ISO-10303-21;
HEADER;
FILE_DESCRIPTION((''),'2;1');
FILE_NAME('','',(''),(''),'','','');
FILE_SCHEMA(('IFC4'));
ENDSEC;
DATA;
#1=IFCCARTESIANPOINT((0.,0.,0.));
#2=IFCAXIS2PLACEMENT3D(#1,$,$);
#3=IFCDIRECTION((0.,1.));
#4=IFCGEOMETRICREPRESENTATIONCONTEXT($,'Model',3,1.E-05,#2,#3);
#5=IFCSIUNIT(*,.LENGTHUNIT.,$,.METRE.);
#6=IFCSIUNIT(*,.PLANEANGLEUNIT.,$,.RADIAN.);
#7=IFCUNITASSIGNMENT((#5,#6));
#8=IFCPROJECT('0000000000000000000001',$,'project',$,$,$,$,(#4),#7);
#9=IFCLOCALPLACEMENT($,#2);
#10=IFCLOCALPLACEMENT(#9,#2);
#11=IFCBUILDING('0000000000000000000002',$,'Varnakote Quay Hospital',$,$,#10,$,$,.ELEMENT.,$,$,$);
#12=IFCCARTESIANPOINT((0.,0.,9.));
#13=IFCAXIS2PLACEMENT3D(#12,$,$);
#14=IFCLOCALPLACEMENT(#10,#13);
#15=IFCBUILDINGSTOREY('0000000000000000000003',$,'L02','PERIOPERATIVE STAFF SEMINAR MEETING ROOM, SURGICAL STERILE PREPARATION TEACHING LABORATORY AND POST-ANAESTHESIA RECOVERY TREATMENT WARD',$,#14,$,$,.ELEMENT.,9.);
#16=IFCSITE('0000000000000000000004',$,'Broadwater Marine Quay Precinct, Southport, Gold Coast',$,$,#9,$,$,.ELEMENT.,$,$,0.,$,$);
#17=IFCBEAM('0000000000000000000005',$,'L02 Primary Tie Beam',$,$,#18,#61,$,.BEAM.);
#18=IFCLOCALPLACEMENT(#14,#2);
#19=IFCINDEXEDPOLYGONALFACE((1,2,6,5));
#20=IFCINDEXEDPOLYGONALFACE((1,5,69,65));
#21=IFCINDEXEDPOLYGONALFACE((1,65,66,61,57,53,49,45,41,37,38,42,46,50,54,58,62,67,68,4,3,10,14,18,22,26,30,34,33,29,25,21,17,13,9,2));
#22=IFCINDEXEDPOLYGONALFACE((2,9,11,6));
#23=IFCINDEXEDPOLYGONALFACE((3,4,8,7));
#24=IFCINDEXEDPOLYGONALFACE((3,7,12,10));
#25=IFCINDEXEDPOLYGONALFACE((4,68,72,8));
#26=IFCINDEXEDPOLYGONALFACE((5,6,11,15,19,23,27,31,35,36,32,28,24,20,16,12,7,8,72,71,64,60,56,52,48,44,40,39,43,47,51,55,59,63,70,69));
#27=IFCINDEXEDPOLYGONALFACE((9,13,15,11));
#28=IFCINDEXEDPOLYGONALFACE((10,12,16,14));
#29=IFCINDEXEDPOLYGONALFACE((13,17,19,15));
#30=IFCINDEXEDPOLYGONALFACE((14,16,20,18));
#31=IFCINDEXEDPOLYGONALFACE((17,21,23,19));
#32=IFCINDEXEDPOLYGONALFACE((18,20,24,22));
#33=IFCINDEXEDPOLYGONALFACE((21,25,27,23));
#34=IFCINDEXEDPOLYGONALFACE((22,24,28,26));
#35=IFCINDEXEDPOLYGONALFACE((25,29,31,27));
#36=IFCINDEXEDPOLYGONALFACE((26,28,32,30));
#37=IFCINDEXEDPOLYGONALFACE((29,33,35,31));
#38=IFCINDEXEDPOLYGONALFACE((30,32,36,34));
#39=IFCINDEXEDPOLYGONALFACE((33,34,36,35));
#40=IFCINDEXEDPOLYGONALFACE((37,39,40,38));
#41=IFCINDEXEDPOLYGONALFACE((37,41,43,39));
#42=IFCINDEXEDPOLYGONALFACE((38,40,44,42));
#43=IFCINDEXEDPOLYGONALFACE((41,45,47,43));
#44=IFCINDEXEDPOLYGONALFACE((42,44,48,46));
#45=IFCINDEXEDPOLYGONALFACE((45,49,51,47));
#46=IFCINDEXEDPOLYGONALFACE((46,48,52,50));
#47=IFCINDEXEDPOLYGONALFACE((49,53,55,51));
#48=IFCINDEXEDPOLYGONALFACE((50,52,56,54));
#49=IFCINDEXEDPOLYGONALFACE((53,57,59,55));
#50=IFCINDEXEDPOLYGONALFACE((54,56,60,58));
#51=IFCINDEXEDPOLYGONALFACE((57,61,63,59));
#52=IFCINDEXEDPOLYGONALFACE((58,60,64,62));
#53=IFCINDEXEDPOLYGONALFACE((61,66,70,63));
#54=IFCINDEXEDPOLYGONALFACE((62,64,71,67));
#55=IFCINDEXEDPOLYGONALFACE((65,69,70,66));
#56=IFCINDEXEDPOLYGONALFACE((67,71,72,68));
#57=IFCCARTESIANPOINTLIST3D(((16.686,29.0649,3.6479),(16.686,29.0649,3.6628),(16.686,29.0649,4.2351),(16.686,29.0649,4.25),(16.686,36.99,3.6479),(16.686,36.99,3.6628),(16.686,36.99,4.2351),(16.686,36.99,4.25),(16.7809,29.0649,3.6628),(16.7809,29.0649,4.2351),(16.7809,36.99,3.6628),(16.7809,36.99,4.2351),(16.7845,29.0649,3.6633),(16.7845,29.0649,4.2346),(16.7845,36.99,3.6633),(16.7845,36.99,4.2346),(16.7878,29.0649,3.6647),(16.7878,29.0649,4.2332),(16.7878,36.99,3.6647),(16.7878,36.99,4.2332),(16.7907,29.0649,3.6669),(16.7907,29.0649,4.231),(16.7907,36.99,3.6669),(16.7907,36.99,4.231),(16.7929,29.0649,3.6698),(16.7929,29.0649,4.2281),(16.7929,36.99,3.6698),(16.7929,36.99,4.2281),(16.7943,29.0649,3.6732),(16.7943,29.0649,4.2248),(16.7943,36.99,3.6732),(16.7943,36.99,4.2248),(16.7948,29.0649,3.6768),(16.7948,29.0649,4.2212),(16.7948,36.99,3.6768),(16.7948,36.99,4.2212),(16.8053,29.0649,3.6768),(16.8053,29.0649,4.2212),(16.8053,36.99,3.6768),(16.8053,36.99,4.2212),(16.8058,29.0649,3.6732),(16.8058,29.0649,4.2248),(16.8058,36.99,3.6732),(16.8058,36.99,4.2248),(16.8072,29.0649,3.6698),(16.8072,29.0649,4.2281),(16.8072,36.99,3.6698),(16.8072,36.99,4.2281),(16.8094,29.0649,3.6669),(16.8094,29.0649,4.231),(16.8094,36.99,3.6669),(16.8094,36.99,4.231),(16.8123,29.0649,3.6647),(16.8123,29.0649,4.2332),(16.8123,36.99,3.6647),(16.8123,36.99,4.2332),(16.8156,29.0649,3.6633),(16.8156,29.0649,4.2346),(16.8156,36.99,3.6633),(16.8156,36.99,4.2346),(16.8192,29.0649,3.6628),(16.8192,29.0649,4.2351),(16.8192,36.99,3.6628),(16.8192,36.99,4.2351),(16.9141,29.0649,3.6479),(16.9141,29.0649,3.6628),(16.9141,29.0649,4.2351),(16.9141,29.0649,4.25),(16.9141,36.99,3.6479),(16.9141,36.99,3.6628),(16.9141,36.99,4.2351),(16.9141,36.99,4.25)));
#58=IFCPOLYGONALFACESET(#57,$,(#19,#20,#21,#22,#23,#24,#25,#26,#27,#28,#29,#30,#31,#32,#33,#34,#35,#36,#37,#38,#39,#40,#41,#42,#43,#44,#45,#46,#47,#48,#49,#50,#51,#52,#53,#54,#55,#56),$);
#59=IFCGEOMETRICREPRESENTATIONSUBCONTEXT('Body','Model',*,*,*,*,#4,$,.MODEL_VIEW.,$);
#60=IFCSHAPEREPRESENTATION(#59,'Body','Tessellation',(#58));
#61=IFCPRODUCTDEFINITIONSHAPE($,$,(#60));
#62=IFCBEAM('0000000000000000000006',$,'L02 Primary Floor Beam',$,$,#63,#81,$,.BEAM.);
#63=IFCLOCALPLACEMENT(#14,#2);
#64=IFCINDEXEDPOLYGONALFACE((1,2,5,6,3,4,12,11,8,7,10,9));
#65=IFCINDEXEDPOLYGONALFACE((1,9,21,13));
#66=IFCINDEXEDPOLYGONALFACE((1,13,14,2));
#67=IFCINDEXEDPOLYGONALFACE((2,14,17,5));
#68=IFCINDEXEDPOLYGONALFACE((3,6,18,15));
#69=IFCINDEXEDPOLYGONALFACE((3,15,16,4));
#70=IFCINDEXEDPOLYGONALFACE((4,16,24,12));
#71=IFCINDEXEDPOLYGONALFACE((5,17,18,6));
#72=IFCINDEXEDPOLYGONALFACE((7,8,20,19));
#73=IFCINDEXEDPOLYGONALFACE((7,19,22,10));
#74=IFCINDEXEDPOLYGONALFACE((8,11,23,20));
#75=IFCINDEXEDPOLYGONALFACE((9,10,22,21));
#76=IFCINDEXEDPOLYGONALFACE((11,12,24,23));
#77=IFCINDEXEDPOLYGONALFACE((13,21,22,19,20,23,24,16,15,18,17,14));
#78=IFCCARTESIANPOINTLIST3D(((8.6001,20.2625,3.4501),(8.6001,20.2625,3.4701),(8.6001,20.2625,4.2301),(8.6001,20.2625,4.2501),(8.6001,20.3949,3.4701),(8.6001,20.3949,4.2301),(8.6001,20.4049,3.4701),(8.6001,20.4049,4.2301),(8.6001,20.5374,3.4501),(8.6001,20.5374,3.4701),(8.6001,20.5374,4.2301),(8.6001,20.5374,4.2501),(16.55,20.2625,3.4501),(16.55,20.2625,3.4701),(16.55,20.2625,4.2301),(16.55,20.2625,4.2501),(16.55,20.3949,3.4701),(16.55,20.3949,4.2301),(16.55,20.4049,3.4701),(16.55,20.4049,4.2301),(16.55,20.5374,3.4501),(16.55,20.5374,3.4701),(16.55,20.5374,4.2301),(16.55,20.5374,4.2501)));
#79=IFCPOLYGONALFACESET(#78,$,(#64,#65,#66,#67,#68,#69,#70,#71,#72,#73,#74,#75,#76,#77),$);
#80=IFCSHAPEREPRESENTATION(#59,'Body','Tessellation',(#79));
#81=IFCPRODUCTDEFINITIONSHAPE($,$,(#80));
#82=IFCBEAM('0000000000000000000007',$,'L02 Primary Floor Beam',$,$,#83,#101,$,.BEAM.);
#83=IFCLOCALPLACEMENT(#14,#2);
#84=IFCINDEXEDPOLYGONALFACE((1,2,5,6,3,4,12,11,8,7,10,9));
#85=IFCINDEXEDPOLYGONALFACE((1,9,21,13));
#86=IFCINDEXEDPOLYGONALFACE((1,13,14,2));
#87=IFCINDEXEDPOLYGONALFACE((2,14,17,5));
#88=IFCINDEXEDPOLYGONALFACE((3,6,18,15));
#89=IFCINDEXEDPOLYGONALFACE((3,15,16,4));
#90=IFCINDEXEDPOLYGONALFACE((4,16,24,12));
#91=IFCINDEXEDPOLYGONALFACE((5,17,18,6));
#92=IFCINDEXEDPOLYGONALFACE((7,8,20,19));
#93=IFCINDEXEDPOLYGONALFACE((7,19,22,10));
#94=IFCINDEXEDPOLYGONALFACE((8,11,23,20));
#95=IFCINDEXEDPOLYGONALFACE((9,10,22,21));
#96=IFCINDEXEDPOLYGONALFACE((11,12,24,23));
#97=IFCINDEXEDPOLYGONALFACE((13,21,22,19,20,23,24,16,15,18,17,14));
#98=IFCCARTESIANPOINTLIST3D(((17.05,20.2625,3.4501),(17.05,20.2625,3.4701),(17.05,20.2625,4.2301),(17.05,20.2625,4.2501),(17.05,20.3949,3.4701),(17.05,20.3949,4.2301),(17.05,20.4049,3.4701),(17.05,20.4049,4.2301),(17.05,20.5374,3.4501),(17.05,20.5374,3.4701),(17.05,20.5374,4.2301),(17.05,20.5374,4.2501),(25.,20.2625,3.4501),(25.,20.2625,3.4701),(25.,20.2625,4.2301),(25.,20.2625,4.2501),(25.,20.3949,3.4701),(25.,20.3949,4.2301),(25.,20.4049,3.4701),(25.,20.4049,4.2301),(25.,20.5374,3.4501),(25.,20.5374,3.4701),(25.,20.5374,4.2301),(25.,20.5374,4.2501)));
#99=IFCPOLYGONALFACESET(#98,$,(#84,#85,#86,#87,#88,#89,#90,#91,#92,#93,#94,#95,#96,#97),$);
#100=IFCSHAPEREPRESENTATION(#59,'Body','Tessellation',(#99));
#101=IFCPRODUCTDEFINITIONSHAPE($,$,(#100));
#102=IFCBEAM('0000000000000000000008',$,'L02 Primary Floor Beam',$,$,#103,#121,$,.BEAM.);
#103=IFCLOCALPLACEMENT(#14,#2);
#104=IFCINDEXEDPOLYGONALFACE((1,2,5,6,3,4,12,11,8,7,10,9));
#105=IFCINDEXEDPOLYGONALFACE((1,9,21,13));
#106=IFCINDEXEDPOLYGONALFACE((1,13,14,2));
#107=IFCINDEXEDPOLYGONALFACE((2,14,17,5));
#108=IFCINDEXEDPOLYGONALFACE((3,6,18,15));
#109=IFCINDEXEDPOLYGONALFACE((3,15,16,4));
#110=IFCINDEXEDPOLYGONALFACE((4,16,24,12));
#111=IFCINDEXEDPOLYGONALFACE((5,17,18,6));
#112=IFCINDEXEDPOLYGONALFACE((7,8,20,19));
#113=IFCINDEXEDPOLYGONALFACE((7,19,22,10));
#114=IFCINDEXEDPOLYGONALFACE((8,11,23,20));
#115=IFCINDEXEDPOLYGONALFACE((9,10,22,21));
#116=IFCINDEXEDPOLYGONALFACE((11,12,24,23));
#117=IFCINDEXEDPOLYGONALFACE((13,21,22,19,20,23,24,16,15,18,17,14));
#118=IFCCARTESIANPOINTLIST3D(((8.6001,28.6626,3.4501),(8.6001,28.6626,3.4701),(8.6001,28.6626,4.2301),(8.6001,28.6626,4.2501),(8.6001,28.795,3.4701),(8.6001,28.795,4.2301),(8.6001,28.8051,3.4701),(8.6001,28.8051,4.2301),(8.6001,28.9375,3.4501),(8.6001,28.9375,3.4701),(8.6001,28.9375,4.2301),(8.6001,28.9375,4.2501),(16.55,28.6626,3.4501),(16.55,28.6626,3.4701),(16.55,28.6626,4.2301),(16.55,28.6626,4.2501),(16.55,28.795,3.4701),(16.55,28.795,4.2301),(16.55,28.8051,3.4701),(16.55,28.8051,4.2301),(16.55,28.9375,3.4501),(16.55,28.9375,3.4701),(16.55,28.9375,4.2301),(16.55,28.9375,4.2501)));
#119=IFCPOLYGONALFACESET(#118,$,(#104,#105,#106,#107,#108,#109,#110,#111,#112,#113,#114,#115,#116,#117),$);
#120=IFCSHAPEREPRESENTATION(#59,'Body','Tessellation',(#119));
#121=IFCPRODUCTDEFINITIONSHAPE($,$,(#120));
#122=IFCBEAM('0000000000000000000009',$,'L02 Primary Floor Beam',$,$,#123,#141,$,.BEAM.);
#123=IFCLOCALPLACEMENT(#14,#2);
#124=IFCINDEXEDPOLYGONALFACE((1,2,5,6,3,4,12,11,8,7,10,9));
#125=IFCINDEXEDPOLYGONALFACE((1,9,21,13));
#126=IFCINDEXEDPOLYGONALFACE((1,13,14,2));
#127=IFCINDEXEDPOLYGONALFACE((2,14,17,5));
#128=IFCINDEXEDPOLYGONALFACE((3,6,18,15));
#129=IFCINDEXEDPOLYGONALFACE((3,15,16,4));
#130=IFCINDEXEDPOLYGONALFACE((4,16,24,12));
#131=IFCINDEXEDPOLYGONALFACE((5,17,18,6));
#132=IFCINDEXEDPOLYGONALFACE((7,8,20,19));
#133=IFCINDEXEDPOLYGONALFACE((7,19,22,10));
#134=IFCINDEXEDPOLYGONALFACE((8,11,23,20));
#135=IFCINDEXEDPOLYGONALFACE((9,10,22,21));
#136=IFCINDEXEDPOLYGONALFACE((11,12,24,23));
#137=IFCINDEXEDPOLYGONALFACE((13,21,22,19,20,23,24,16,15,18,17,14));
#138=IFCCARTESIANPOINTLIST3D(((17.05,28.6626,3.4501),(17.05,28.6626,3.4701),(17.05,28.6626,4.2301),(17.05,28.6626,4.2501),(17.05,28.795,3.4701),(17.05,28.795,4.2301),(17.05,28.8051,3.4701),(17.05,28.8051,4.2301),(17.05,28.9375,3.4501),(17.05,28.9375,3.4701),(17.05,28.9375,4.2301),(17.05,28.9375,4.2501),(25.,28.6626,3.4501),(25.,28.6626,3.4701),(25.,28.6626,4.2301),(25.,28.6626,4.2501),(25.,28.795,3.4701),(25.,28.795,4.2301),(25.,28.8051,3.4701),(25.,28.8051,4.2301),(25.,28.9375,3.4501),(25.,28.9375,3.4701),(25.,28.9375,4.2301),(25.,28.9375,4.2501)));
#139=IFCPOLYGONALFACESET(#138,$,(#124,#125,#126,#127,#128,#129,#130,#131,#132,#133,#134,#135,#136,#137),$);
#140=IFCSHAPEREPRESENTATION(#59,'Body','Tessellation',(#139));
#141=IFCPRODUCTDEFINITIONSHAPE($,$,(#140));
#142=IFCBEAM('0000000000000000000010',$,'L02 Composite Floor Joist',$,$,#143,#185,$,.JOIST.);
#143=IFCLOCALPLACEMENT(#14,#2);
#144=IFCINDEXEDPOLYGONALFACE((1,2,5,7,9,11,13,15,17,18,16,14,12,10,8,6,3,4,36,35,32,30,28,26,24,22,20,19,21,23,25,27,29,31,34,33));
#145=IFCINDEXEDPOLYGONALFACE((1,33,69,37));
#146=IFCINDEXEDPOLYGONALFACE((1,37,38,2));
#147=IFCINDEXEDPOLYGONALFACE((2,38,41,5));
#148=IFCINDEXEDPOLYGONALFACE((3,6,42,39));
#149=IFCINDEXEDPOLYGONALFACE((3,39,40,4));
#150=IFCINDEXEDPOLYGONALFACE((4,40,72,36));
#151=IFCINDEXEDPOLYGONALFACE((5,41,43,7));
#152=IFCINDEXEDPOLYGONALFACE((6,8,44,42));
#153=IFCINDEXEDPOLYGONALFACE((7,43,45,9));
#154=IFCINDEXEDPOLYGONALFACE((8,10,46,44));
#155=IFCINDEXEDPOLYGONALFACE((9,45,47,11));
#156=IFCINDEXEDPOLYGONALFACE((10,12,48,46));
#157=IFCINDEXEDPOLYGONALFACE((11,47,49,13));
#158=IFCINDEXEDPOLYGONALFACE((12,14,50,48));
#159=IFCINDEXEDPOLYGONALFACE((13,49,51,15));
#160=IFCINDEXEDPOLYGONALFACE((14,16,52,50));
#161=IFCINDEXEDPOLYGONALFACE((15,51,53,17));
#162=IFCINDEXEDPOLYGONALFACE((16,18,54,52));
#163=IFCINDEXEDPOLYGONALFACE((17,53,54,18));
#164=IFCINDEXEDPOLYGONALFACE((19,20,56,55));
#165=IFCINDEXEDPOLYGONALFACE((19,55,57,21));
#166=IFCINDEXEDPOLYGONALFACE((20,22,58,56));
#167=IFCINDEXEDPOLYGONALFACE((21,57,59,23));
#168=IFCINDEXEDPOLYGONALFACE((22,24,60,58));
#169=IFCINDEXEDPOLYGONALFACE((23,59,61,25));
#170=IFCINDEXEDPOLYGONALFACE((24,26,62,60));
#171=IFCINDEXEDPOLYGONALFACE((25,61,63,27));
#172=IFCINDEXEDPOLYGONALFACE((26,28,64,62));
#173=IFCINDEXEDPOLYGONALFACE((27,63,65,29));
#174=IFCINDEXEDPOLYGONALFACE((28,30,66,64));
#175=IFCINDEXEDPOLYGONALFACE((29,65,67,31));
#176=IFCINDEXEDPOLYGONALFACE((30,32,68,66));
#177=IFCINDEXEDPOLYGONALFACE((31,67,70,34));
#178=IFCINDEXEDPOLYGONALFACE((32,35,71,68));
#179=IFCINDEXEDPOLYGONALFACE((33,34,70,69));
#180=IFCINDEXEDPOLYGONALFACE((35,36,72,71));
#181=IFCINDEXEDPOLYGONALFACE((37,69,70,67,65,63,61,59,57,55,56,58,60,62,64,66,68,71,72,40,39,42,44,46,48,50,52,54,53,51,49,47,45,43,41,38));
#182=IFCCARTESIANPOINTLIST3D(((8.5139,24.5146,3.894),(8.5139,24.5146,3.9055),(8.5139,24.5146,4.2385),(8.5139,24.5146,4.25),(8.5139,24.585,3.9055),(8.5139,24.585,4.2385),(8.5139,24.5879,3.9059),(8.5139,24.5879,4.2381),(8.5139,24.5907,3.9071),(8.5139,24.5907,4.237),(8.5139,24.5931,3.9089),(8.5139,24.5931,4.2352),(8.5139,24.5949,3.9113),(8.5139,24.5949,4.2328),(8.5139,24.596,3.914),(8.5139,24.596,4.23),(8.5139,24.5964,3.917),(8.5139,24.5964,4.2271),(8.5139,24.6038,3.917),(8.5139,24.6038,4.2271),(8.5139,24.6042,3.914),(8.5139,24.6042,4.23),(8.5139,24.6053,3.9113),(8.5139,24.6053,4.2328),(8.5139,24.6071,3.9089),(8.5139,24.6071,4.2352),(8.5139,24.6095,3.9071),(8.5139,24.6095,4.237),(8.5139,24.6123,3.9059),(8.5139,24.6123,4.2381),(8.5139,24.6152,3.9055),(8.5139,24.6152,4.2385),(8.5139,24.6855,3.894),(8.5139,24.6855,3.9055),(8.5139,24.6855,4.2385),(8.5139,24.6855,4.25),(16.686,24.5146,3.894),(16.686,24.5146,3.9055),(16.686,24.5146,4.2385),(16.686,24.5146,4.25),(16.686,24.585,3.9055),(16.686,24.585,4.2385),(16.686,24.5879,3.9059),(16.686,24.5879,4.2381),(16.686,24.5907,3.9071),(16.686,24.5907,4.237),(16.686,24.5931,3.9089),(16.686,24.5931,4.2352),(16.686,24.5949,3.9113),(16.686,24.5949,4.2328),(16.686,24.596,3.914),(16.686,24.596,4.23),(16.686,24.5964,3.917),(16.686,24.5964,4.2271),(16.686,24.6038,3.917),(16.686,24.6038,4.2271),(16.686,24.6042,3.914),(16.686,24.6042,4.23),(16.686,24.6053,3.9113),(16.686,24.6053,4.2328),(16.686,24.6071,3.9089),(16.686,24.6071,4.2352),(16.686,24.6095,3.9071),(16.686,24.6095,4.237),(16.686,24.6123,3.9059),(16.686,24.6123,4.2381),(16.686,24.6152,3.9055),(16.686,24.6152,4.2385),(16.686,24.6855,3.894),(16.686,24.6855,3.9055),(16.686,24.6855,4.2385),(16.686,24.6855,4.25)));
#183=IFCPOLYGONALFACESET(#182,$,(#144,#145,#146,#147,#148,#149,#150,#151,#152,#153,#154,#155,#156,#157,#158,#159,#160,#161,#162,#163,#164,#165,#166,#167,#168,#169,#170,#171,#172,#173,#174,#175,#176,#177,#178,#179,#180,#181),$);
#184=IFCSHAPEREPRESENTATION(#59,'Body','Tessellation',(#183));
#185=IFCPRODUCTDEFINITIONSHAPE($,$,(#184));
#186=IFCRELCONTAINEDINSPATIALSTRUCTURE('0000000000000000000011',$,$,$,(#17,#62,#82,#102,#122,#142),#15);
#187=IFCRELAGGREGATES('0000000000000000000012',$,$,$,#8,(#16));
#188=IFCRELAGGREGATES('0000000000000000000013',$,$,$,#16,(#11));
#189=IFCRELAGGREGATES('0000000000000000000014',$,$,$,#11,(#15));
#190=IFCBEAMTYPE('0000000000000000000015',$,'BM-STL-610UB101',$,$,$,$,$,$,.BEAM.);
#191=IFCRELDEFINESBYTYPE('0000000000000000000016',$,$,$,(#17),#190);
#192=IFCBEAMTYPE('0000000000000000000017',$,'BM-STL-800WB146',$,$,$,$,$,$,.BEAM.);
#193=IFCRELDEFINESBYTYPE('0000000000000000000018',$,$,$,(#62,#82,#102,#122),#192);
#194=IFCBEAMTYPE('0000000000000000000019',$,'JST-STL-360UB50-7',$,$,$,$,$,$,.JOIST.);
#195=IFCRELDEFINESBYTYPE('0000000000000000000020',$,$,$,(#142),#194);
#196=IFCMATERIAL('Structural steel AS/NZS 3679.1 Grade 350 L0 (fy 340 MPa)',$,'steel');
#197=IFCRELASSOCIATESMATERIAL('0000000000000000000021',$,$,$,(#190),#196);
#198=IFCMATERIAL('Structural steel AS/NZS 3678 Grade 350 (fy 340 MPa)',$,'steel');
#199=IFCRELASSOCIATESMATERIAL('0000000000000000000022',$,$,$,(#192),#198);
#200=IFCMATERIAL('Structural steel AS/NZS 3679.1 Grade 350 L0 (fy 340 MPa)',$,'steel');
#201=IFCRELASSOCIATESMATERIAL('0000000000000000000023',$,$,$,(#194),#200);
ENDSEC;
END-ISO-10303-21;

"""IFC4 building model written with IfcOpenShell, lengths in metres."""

from ifc_helpers import new_model, si_unit, direction, frame, origin, origin_2d, place, context, subcontext, project, spatial, i_section, extrude, material, material_profile, profile_set, type_object, element, save


model = new_model("IFC4")

# Units and contexts
model_context = context("Model", 3, precision=1e-05, world=origin(), true_north=direction((0.0, 1.0)))
body_context = subcontext(model_context, "Body", "Model", "MODEL_VIEW")
ifc_project = project(units=[si_unit("LENGTHUNIT", "METRE"), si_unit("PLANEANGLEUNIT", "RADIAN")], contexts=[model_context])

# Site, building, storey
site_placement = place(None, origin())
site = spatial("IfcSite", under=ifc_project, at=site_placement, Name="Broadwater Marine Quay Precinct, Southport, Gold Coast", CompositionType="ELEMENT", RefElevation=0.0)
building_placement = place(site_placement, origin())
building = spatial("IfcBuilding", under=site, at=building_placement, Name="Varnakote Quay Hospital", CompositionType="ELEMENT")
storey_placement = place(building_placement, frame((0.0, 0.0, 9.0)))
storey = spatial("IfcBuildingStorey", under=building, at=storey_placement, Name="L02", Description="PERIOPERATIVE STAFF SEMINAR MEETING ROOM, SURGICAL STERILE PREPARATION TEACHING LABORATORY AND POST-ANAESTHESIA RECOVERY TREATMENT WARD", CompositionType="ELEMENT", Elevation=9.0)

# Beams
ifc_material_1 = material(Name="Structural steel AS/NZS 3679.1 Grade 350 L0 (fy 340 MPa)", Category="steel")
ifc_material_profile_1 = material_profile(ifc_material_1, i_section(OverallWidth=0.228, OverallDepth=0.6021, WebThickness=0.0105, FlangeThickness=0.0149, FilletRadius=0.0139, at=origin_2d()), Name="610UB101")
ifc_profile_set_1 = profile_set([ifc_material_profile_1], Name="Structural steel AS/NZS 3679.1 Grade 350 L0 (fy 340 MPa)")
beam_type_1 = type_object("IfcBeamType", Name="BM-STL-610UB101", PredefinedType="BEAM", material=ifc_profile_set_1)
beam_1_placement = place(storey_placement, frame((16.8, 29.0649, 3.949), z_axis=(0.0, 1.0, 0.0), x_axis=(-1.0, 0.0, 0.0)))
element("IfcBeam", 1, at=beam_1_placement, inside=storey, type_object=beam_type_1, Name="L02 Primary Tie Beam", PredefinedType="BEAM", context=body_context, shape_type="SweptSolid", body=[
    extrude(i_section(OverallWidth=0.228, OverallDepth=0.6021, WebThickness=0.0105, FlangeThickness=0.0149, FilletRadius=0.0139, at=origin_2d()), origin(), (0.0, 0.0, 1.0), 7.925),
])
ifc_material_2 = material(Name="Structural steel AS/NZS 3678 Grade 350 (fy 340 MPa)", Category="steel")
ifc_material_profile_2 = material_profile(ifc_material_2, i_section(OverallWidth=0.2749, OverallDepth=0.8, WebThickness=0.01, FlangeThickness=0.02, at=origin_2d()), Name="800WB146")
ifc_profile_set_2 = profile_set([ifc_material_profile_2], Name="Structural steel AS/NZS 3678 Grade 350 (fy 340 MPa)")
beam_type_2 = type_object("IfcBeamType", Name="BM-STL-800WB146", PredefinedType="BEAM", material=ifc_profile_set_2)
for number, where, z_axis, x_axis, name in (
    (2, (8.6001, 20.3999, 3.8501), (1.0, 0.0, 0.0), (0.0, 1.0, 0.0), "L02 Primary Floor Beam"),
    (3, (17.05, 20.3999, 3.8501), (1.0, 0.0, 0.0), (0.0, 1.0, 0.0), "L02 Primary Floor Beam"),
    (4, (8.6001, 28.8, 3.8501), (1.0, 0.0, 0.0), (0.0, 1.0, 0.0), "L02 Primary Floor Beam"),
    (5, (17.05, 28.8, 3.8501), (1.0, 0.0, 0.0), (0.0, 1.0, 0.0), "L02 Primary Floor Beam"),
):
    element("IfcBeam", number, at=place(storey_placement, frame(where, z_axis=z_axis, x_axis=x_axis)), inside=storey, type_object=beam_type_2, Name=name, PredefinedType="BEAM", context=body_context, shape_type="SweptSolid", body=[
        extrude(i_section(OverallWidth=0.2749, OverallDepth=0.8, WebThickness=0.01, FlangeThickness=0.02, at=origin_2d()), origin(), (0.0, 0.0, 1.0), 7.95),
    ])
ifc_material_3 = material(Name="Structural steel AS/NZS 3679.1 Grade 350 L0 (fy 340 MPa)", Category="steel")
ifc_material_profile_3 = material_profile(ifc_material_3, i_section(OverallWidth=0.1709, OverallDepth=0.356, WebThickness=0.0073, FlangeThickness=0.0115, FilletRadius=0.0115, at=origin_2d()), Name="360UB50.7")
ifc_profile_set_3 = profile_set([ifc_material_profile_3], Name="Structural steel AS/NZS 3679.1 Grade 350 L0 (fy 340 MPa)")
beam_type_3 = type_object("IfcBeamType", Name="JST-STL-360UB50-7", PredefinedType="JOIST", material=ifc_profile_set_3)
beam_2_placement = place(storey_placement, frame((8.5139, 24.6001, 4.072), z_axis=(1.0, 0.0, 0.0), x_axis=(0.0, 1.0, 0.0)))
element("IfcBeam", 6, at=beam_2_placement, inside=storey, type_object=beam_type_3, Name="L02 Composite Floor Joist", PredefinedType="JOIST", context=body_context, shape_type="SweptSolid", body=[
    extrude(i_section(OverallWidth=0.1709, OverallDepth=0.356, WebThickness=0.0073, FlangeThickness=0.0115, FilletRadius=0.0115, at=origin_2d()), origin(), (0.0, 0.0, 1.0), 8.1721),
])

save(model, "model.ifc")
